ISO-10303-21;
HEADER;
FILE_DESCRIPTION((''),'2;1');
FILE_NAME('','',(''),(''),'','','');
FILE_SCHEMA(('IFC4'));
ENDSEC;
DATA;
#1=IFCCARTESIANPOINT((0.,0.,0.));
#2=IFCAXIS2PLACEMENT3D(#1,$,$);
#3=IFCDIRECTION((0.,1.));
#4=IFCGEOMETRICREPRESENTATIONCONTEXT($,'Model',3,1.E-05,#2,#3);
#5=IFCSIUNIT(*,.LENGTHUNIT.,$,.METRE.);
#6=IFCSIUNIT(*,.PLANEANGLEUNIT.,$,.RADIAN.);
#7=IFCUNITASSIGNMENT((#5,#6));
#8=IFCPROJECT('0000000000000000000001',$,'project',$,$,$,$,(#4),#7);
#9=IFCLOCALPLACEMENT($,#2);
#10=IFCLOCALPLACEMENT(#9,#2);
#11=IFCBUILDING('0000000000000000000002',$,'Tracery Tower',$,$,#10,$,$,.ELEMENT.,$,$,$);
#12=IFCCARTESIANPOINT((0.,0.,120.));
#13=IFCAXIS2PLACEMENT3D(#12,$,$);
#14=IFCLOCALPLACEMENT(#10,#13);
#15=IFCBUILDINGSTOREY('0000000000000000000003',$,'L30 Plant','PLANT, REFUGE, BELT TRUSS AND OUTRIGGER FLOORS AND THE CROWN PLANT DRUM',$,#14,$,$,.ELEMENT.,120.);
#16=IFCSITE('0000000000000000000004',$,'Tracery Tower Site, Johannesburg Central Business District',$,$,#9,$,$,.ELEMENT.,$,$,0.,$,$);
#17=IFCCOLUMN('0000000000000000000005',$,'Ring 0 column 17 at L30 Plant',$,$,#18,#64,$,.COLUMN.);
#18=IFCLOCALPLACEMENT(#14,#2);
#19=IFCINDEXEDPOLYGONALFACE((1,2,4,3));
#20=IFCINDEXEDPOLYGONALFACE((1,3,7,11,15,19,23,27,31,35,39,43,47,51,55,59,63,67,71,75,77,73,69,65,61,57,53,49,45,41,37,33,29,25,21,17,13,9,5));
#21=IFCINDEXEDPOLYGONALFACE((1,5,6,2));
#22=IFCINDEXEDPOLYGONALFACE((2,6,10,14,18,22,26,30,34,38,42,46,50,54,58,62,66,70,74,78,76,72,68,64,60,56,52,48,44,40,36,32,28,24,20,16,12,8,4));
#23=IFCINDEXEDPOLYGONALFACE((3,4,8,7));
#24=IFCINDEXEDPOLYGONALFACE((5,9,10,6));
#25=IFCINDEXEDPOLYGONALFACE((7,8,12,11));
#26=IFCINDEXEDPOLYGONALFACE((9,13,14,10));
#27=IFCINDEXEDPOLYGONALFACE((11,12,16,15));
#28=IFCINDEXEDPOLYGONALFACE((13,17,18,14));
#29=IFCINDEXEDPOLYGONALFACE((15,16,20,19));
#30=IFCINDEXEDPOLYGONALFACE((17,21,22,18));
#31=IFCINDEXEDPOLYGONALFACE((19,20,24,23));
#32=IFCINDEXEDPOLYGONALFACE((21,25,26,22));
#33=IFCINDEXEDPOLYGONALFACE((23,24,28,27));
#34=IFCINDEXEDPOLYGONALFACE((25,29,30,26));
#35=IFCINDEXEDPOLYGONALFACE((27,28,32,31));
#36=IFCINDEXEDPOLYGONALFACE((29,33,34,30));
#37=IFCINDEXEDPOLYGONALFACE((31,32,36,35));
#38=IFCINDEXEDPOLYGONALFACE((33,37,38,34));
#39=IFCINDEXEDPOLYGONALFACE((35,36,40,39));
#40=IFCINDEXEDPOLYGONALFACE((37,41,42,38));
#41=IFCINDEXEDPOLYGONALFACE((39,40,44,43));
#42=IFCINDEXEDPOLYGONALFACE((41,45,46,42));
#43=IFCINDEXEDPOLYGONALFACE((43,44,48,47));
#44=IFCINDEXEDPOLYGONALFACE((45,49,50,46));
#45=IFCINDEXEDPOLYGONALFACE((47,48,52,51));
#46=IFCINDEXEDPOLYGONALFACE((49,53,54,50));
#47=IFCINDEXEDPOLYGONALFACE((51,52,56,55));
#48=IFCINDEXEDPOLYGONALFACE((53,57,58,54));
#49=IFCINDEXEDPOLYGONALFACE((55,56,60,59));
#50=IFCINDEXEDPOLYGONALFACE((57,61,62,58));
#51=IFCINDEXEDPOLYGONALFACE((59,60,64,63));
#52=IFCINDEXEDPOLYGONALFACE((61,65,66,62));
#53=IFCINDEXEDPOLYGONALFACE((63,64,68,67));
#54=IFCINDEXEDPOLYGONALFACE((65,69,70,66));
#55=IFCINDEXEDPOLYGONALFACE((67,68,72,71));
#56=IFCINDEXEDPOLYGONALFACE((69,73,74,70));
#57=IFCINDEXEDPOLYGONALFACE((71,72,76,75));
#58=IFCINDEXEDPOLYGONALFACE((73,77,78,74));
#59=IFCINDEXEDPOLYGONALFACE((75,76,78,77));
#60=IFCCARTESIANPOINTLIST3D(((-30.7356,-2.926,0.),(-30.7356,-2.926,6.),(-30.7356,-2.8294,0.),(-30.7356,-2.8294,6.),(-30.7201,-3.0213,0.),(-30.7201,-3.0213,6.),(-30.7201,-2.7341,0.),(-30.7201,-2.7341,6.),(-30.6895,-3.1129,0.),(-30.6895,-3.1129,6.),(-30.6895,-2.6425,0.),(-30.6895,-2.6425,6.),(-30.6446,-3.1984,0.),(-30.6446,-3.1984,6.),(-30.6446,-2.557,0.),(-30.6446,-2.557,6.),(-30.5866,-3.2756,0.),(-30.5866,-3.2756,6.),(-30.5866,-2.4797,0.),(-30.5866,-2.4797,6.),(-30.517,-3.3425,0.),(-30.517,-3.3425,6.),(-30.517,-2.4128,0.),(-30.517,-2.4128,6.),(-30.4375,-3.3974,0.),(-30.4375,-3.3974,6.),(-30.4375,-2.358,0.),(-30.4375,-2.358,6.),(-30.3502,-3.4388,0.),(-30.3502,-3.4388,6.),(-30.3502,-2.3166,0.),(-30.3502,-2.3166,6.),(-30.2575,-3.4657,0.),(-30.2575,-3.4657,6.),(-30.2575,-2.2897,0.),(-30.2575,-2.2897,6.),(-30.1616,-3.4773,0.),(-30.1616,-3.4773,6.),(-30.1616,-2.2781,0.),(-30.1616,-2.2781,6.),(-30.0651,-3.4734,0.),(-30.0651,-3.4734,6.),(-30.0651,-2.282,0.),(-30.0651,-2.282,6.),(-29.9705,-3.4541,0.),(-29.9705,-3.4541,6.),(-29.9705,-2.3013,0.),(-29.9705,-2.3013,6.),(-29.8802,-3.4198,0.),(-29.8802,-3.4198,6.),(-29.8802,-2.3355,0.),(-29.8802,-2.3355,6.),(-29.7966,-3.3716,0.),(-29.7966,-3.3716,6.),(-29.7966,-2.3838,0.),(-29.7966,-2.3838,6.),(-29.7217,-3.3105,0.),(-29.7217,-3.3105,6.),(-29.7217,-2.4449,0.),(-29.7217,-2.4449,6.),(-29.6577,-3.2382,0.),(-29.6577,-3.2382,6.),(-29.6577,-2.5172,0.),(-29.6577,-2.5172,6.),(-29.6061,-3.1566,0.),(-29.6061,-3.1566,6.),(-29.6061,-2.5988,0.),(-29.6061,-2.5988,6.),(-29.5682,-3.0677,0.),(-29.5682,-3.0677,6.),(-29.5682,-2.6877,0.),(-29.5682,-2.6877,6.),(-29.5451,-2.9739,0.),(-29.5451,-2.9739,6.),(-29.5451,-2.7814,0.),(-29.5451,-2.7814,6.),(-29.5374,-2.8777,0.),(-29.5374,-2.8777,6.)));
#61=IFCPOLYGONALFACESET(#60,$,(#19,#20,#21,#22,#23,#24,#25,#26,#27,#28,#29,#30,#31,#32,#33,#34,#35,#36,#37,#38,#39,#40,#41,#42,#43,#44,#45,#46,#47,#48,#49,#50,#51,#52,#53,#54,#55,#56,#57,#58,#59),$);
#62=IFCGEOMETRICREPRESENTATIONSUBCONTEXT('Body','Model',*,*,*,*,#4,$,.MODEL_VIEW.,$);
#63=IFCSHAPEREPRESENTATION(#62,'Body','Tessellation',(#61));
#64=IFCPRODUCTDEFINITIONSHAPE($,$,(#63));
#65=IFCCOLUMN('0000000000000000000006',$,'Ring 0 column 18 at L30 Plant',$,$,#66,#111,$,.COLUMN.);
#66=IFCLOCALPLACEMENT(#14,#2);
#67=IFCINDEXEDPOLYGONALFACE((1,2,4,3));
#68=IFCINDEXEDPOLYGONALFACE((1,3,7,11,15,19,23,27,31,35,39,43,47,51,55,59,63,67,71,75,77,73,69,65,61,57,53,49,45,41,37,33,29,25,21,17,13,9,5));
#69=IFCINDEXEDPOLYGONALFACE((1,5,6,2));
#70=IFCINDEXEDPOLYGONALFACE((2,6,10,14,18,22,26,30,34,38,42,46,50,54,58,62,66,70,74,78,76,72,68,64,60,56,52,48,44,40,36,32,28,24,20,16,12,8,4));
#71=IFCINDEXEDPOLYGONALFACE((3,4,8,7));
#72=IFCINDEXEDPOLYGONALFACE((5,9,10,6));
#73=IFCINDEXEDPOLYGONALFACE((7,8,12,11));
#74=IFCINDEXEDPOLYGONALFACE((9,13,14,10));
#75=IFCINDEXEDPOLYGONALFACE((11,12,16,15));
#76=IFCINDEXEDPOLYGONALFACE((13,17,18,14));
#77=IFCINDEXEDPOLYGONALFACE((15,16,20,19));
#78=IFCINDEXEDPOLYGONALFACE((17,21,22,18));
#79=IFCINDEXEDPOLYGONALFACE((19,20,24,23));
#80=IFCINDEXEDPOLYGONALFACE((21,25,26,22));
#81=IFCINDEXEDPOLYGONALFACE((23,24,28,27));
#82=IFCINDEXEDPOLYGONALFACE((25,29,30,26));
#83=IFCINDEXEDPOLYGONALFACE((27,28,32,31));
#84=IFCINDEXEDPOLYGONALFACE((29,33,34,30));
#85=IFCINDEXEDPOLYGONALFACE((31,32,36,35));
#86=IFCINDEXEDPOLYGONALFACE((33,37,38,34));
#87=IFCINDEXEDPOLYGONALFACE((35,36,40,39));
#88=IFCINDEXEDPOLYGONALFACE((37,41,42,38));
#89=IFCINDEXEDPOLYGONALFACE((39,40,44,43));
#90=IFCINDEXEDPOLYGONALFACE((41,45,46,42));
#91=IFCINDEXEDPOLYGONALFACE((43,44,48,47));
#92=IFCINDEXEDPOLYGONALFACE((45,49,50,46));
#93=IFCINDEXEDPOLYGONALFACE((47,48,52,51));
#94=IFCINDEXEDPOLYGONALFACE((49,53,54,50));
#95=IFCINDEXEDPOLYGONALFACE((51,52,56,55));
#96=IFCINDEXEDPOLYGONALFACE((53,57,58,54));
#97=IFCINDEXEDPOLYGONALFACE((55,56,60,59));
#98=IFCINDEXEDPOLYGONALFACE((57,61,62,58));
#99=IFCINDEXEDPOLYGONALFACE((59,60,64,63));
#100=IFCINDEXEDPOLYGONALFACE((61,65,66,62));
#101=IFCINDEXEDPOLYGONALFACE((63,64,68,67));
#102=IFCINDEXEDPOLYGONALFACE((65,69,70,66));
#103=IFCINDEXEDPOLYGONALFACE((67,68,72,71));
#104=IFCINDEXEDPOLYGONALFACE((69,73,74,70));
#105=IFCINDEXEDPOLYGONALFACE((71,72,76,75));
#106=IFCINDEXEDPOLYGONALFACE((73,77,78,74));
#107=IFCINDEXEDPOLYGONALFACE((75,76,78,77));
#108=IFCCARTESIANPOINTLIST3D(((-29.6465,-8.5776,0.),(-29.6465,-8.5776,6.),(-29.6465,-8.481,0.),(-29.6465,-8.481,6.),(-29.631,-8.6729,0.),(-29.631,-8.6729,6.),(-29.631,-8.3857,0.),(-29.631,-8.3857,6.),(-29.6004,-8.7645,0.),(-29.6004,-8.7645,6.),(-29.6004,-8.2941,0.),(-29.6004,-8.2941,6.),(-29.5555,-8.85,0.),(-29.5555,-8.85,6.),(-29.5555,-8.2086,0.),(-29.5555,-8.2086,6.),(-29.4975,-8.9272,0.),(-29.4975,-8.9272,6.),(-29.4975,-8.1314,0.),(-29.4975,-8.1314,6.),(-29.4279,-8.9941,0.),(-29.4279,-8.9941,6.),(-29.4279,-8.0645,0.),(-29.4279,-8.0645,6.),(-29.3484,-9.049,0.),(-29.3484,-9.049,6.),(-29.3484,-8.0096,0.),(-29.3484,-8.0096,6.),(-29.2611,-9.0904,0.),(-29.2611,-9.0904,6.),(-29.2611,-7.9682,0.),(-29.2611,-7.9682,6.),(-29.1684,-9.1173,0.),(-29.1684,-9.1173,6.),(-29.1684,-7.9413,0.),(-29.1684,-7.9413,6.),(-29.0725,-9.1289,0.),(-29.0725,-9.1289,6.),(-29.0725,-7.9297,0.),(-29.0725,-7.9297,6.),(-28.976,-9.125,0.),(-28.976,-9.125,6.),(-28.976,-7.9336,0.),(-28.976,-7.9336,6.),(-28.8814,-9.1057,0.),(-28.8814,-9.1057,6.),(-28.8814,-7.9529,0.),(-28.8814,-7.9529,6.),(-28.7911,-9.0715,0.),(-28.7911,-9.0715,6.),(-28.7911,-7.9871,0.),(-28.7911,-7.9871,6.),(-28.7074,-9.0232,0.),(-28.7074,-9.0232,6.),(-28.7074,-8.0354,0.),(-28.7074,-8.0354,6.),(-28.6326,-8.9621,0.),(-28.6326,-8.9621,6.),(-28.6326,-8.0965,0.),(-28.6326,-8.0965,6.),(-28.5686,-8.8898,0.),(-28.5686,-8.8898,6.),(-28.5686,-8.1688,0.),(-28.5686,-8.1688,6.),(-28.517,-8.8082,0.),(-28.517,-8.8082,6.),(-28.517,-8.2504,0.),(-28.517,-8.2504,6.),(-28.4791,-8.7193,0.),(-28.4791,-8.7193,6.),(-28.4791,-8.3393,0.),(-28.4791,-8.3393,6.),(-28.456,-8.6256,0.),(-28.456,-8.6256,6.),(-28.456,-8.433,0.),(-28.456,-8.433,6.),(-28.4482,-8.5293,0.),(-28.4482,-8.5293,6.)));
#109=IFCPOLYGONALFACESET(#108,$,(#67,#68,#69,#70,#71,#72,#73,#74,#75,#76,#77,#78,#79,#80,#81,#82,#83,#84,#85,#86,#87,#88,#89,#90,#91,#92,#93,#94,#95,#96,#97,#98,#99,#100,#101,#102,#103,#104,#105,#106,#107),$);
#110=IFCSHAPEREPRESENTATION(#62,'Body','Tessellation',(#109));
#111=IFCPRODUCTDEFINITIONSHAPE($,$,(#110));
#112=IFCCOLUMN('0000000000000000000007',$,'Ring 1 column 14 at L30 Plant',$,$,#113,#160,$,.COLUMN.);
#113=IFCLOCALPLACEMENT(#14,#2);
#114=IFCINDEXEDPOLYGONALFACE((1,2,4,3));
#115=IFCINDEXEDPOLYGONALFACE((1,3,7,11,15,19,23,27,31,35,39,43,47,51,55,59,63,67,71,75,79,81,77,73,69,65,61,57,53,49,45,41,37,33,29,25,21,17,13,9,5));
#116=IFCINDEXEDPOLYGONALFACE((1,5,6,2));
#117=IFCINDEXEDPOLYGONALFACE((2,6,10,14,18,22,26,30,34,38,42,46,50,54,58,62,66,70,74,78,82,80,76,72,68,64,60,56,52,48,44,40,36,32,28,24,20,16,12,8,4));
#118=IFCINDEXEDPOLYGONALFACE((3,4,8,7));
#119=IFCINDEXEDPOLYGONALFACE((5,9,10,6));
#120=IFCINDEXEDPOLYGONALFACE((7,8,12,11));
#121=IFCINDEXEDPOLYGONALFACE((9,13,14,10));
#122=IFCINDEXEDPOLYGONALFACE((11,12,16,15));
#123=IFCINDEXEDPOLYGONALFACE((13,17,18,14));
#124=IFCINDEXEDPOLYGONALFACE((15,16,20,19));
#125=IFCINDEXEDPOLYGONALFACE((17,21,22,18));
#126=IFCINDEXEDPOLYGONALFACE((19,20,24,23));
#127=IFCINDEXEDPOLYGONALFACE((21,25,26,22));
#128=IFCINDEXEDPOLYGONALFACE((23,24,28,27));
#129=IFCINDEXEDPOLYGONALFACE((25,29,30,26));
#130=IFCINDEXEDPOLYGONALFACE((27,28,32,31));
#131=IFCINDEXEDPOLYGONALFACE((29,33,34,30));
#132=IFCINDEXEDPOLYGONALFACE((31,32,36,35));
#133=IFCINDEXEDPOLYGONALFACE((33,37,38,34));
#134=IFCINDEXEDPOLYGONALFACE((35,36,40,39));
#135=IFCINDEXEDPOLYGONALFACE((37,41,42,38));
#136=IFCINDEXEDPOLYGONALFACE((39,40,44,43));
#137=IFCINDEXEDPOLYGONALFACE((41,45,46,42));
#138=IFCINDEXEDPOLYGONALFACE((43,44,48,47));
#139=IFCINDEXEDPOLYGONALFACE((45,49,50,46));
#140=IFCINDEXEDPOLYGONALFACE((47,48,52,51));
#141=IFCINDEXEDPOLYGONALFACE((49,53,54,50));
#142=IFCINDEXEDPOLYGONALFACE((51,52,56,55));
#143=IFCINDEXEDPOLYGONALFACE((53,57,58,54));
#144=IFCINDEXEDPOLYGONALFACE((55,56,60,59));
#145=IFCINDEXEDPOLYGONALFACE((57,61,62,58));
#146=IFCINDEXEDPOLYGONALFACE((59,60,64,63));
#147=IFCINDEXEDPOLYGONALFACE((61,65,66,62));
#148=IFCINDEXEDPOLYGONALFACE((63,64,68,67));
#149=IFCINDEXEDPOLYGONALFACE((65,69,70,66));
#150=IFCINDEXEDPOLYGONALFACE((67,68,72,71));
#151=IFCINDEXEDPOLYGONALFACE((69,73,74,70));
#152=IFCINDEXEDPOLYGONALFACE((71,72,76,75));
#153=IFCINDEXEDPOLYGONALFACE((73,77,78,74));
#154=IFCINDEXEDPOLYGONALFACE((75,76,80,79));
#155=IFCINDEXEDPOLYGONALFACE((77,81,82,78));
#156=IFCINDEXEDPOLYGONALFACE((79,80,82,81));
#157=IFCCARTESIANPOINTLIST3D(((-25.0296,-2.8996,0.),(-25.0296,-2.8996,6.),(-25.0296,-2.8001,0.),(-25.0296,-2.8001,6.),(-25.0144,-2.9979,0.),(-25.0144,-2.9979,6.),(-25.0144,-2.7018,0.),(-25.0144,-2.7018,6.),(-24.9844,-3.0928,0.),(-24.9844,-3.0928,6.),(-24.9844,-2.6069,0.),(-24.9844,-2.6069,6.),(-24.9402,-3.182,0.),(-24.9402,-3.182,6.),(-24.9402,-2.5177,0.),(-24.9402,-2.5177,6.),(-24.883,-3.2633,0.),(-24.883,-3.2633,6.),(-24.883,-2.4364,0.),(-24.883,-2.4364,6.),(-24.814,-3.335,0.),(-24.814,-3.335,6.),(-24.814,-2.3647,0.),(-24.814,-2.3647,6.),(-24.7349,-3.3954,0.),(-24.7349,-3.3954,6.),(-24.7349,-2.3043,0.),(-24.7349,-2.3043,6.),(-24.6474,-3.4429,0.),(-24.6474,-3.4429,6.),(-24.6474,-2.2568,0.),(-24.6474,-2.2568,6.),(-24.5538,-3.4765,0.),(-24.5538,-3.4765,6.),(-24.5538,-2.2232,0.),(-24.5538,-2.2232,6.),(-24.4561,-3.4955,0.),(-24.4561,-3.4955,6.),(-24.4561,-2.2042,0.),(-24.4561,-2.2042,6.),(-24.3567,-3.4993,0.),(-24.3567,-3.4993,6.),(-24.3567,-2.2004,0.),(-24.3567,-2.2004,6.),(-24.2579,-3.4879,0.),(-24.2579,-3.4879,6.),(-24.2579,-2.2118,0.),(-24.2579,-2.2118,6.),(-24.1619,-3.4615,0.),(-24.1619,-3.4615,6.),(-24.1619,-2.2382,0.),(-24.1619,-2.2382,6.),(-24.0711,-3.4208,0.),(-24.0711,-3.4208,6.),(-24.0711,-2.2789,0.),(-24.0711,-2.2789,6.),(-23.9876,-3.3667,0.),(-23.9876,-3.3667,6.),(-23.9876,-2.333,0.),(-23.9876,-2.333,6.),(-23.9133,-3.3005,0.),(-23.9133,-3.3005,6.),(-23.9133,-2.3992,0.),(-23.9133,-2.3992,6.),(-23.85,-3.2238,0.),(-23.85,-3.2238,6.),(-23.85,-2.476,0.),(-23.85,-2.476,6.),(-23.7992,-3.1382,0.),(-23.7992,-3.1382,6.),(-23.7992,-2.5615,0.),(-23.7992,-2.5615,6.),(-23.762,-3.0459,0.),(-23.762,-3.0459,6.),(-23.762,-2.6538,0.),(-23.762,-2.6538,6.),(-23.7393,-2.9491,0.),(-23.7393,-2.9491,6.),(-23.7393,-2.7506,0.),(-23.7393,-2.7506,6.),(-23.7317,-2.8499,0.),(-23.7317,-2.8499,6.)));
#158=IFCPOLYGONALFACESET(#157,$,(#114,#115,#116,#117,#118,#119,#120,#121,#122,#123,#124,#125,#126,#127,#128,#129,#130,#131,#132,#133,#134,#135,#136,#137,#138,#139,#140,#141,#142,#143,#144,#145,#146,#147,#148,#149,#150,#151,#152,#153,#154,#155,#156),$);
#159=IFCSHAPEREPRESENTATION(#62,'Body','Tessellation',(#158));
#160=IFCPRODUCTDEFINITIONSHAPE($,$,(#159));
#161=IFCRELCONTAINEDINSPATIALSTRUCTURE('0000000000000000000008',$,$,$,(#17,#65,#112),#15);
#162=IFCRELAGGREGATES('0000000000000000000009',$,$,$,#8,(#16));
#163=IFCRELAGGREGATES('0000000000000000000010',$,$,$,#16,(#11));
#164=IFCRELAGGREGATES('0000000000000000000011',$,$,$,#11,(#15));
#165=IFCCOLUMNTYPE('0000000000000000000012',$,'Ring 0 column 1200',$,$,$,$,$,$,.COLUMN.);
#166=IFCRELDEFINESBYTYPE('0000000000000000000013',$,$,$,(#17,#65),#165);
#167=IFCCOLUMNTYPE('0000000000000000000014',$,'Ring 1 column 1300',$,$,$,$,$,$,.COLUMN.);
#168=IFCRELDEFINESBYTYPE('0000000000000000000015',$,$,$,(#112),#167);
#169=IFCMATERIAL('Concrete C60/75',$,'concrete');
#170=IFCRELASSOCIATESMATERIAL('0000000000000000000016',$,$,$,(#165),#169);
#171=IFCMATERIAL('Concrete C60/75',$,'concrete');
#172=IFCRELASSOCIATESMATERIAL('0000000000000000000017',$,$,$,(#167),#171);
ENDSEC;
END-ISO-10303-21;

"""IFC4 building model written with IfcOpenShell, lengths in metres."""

from ifc_helpers import new_model, si_unit, direction, frame, origin, origin_2d, place, context, subcontext, project, spatial, circle, extrude, material, material_profile, profile_set, type_object, element, save


model = new_model("IFC4")

# Units and contexts
model_context = context("Model", 3, precision=1e-05, world=origin(), true_north=direction((0.0, 1.0)))
body_context = subcontext(model_context, "Body", "Model", "MODEL_VIEW")
ifc_project = project(units=[si_unit("LENGTHUNIT", "METRE"), si_unit("PLANEANGLEUNIT", "RADIAN")], contexts=[model_context])

# Site, building, storey
site_placement = place(None, origin())
site = spatial("IfcSite", under=ifc_project, at=site_placement, Name="Tracery Tower Site, Johannesburg Central Business District", CompositionType="ELEMENT", RefElevation=0.0)
building_placement = place(site_placement, origin())
building = spatial("IfcBuilding", under=site, at=building_placement, Name="Tracery Tower", CompositionType="ELEMENT")
storey_placement = place(building_placement, frame((0.0, 0.0, 120.0)))
storey = spatial("IfcBuildingStorey", under=building, at=storey_placement, Name="L30 Plant", Description="PLANT, REFUGE, BELT TRUSS AND OUTRIGGER FLOORS AND THE CROWN PLANT DRUM", CompositionType="ELEMENT", Elevation=120.0)

# Columns
ifc_material_1 = material(Name="Concrete C60/75", Category="concrete")
ifc_material_profile_1 = material_profile(ifc_material_1, circle(Radius=0.6001, at=origin_2d()), Name="RC D1200")
ifc_profile_set_1 = profile_set([ifc_material_profile_1], Name="Concrete C60/75")
column_type_1 = type_object("IfcColumnType", Name="Ring 0 column 1200", PredefinedType="COLUMN", material=ifc_profile_set_1)
for number, where, z_axis, x_axis, name in (
    (1, (-30.1375, -2.8777, 0.0), (0.0, 0.0, 1.0), (1.0, 0.0, 0.0), "Ring 0 column 17 at L30 Plant"),
    (2, (-29.0483, -8.5293, 0.0), (0.0, 0.0, 1.0), (1.0, 0.0, 0.0), "Ring 0 column 18 at L30 Plant"),
):
    element("IfcColumn", number, at=place(storey_placement, frame(where, z_axis=z_axis, x_axis=x_axis)), inside=storey, type_object=column_type_1, Name=name, PredefinedType="COLUMN", context=body_context, shape_type="SweptSolid", body=[
        extrude(circle(Radius=0.6001, at=origin_2d()), origin(), (0.0, 0.0, 1.0), 6.0),
    ])
ifc_material_2 = material(Name="Concrete C60/75", Category="concrete")
ifc_material_profile_2 = material_profile(ifc_material_2, circle(Radius=0.6499, at=origin_2d()), Name="RC D1300")
ifc_profile_set_2 = profile_set([ifc_material_profile_2], Name="Concrete C60/75")
column_type_2 = type_object("IfcColumnType", Name="Ring 1 column 1300", PredefinedType="COLUMN", material=ifc_profile_set_2)
column_placement = place(storey_placement, frame((-24.3816, -2.8499, 0.0), z_axis=(0.0, 0.0, 1.0), x_axis=(1.0, 0.0, 0.0)))
element("IfcColumn", 3, at=column_placement, inside=storey, type_object=column_type_2, Name="Ring 1 column 14 at L30 Plant", PredefinedType="COLUMN", context=body_context, shape_type="SweptSolid", body=[
    extrude(circle(Radius=0.6499, at=origin_2d()), origin(), (0.0, 0.0, 1.0), 6.0),
])

save(model, "model.ifc")
